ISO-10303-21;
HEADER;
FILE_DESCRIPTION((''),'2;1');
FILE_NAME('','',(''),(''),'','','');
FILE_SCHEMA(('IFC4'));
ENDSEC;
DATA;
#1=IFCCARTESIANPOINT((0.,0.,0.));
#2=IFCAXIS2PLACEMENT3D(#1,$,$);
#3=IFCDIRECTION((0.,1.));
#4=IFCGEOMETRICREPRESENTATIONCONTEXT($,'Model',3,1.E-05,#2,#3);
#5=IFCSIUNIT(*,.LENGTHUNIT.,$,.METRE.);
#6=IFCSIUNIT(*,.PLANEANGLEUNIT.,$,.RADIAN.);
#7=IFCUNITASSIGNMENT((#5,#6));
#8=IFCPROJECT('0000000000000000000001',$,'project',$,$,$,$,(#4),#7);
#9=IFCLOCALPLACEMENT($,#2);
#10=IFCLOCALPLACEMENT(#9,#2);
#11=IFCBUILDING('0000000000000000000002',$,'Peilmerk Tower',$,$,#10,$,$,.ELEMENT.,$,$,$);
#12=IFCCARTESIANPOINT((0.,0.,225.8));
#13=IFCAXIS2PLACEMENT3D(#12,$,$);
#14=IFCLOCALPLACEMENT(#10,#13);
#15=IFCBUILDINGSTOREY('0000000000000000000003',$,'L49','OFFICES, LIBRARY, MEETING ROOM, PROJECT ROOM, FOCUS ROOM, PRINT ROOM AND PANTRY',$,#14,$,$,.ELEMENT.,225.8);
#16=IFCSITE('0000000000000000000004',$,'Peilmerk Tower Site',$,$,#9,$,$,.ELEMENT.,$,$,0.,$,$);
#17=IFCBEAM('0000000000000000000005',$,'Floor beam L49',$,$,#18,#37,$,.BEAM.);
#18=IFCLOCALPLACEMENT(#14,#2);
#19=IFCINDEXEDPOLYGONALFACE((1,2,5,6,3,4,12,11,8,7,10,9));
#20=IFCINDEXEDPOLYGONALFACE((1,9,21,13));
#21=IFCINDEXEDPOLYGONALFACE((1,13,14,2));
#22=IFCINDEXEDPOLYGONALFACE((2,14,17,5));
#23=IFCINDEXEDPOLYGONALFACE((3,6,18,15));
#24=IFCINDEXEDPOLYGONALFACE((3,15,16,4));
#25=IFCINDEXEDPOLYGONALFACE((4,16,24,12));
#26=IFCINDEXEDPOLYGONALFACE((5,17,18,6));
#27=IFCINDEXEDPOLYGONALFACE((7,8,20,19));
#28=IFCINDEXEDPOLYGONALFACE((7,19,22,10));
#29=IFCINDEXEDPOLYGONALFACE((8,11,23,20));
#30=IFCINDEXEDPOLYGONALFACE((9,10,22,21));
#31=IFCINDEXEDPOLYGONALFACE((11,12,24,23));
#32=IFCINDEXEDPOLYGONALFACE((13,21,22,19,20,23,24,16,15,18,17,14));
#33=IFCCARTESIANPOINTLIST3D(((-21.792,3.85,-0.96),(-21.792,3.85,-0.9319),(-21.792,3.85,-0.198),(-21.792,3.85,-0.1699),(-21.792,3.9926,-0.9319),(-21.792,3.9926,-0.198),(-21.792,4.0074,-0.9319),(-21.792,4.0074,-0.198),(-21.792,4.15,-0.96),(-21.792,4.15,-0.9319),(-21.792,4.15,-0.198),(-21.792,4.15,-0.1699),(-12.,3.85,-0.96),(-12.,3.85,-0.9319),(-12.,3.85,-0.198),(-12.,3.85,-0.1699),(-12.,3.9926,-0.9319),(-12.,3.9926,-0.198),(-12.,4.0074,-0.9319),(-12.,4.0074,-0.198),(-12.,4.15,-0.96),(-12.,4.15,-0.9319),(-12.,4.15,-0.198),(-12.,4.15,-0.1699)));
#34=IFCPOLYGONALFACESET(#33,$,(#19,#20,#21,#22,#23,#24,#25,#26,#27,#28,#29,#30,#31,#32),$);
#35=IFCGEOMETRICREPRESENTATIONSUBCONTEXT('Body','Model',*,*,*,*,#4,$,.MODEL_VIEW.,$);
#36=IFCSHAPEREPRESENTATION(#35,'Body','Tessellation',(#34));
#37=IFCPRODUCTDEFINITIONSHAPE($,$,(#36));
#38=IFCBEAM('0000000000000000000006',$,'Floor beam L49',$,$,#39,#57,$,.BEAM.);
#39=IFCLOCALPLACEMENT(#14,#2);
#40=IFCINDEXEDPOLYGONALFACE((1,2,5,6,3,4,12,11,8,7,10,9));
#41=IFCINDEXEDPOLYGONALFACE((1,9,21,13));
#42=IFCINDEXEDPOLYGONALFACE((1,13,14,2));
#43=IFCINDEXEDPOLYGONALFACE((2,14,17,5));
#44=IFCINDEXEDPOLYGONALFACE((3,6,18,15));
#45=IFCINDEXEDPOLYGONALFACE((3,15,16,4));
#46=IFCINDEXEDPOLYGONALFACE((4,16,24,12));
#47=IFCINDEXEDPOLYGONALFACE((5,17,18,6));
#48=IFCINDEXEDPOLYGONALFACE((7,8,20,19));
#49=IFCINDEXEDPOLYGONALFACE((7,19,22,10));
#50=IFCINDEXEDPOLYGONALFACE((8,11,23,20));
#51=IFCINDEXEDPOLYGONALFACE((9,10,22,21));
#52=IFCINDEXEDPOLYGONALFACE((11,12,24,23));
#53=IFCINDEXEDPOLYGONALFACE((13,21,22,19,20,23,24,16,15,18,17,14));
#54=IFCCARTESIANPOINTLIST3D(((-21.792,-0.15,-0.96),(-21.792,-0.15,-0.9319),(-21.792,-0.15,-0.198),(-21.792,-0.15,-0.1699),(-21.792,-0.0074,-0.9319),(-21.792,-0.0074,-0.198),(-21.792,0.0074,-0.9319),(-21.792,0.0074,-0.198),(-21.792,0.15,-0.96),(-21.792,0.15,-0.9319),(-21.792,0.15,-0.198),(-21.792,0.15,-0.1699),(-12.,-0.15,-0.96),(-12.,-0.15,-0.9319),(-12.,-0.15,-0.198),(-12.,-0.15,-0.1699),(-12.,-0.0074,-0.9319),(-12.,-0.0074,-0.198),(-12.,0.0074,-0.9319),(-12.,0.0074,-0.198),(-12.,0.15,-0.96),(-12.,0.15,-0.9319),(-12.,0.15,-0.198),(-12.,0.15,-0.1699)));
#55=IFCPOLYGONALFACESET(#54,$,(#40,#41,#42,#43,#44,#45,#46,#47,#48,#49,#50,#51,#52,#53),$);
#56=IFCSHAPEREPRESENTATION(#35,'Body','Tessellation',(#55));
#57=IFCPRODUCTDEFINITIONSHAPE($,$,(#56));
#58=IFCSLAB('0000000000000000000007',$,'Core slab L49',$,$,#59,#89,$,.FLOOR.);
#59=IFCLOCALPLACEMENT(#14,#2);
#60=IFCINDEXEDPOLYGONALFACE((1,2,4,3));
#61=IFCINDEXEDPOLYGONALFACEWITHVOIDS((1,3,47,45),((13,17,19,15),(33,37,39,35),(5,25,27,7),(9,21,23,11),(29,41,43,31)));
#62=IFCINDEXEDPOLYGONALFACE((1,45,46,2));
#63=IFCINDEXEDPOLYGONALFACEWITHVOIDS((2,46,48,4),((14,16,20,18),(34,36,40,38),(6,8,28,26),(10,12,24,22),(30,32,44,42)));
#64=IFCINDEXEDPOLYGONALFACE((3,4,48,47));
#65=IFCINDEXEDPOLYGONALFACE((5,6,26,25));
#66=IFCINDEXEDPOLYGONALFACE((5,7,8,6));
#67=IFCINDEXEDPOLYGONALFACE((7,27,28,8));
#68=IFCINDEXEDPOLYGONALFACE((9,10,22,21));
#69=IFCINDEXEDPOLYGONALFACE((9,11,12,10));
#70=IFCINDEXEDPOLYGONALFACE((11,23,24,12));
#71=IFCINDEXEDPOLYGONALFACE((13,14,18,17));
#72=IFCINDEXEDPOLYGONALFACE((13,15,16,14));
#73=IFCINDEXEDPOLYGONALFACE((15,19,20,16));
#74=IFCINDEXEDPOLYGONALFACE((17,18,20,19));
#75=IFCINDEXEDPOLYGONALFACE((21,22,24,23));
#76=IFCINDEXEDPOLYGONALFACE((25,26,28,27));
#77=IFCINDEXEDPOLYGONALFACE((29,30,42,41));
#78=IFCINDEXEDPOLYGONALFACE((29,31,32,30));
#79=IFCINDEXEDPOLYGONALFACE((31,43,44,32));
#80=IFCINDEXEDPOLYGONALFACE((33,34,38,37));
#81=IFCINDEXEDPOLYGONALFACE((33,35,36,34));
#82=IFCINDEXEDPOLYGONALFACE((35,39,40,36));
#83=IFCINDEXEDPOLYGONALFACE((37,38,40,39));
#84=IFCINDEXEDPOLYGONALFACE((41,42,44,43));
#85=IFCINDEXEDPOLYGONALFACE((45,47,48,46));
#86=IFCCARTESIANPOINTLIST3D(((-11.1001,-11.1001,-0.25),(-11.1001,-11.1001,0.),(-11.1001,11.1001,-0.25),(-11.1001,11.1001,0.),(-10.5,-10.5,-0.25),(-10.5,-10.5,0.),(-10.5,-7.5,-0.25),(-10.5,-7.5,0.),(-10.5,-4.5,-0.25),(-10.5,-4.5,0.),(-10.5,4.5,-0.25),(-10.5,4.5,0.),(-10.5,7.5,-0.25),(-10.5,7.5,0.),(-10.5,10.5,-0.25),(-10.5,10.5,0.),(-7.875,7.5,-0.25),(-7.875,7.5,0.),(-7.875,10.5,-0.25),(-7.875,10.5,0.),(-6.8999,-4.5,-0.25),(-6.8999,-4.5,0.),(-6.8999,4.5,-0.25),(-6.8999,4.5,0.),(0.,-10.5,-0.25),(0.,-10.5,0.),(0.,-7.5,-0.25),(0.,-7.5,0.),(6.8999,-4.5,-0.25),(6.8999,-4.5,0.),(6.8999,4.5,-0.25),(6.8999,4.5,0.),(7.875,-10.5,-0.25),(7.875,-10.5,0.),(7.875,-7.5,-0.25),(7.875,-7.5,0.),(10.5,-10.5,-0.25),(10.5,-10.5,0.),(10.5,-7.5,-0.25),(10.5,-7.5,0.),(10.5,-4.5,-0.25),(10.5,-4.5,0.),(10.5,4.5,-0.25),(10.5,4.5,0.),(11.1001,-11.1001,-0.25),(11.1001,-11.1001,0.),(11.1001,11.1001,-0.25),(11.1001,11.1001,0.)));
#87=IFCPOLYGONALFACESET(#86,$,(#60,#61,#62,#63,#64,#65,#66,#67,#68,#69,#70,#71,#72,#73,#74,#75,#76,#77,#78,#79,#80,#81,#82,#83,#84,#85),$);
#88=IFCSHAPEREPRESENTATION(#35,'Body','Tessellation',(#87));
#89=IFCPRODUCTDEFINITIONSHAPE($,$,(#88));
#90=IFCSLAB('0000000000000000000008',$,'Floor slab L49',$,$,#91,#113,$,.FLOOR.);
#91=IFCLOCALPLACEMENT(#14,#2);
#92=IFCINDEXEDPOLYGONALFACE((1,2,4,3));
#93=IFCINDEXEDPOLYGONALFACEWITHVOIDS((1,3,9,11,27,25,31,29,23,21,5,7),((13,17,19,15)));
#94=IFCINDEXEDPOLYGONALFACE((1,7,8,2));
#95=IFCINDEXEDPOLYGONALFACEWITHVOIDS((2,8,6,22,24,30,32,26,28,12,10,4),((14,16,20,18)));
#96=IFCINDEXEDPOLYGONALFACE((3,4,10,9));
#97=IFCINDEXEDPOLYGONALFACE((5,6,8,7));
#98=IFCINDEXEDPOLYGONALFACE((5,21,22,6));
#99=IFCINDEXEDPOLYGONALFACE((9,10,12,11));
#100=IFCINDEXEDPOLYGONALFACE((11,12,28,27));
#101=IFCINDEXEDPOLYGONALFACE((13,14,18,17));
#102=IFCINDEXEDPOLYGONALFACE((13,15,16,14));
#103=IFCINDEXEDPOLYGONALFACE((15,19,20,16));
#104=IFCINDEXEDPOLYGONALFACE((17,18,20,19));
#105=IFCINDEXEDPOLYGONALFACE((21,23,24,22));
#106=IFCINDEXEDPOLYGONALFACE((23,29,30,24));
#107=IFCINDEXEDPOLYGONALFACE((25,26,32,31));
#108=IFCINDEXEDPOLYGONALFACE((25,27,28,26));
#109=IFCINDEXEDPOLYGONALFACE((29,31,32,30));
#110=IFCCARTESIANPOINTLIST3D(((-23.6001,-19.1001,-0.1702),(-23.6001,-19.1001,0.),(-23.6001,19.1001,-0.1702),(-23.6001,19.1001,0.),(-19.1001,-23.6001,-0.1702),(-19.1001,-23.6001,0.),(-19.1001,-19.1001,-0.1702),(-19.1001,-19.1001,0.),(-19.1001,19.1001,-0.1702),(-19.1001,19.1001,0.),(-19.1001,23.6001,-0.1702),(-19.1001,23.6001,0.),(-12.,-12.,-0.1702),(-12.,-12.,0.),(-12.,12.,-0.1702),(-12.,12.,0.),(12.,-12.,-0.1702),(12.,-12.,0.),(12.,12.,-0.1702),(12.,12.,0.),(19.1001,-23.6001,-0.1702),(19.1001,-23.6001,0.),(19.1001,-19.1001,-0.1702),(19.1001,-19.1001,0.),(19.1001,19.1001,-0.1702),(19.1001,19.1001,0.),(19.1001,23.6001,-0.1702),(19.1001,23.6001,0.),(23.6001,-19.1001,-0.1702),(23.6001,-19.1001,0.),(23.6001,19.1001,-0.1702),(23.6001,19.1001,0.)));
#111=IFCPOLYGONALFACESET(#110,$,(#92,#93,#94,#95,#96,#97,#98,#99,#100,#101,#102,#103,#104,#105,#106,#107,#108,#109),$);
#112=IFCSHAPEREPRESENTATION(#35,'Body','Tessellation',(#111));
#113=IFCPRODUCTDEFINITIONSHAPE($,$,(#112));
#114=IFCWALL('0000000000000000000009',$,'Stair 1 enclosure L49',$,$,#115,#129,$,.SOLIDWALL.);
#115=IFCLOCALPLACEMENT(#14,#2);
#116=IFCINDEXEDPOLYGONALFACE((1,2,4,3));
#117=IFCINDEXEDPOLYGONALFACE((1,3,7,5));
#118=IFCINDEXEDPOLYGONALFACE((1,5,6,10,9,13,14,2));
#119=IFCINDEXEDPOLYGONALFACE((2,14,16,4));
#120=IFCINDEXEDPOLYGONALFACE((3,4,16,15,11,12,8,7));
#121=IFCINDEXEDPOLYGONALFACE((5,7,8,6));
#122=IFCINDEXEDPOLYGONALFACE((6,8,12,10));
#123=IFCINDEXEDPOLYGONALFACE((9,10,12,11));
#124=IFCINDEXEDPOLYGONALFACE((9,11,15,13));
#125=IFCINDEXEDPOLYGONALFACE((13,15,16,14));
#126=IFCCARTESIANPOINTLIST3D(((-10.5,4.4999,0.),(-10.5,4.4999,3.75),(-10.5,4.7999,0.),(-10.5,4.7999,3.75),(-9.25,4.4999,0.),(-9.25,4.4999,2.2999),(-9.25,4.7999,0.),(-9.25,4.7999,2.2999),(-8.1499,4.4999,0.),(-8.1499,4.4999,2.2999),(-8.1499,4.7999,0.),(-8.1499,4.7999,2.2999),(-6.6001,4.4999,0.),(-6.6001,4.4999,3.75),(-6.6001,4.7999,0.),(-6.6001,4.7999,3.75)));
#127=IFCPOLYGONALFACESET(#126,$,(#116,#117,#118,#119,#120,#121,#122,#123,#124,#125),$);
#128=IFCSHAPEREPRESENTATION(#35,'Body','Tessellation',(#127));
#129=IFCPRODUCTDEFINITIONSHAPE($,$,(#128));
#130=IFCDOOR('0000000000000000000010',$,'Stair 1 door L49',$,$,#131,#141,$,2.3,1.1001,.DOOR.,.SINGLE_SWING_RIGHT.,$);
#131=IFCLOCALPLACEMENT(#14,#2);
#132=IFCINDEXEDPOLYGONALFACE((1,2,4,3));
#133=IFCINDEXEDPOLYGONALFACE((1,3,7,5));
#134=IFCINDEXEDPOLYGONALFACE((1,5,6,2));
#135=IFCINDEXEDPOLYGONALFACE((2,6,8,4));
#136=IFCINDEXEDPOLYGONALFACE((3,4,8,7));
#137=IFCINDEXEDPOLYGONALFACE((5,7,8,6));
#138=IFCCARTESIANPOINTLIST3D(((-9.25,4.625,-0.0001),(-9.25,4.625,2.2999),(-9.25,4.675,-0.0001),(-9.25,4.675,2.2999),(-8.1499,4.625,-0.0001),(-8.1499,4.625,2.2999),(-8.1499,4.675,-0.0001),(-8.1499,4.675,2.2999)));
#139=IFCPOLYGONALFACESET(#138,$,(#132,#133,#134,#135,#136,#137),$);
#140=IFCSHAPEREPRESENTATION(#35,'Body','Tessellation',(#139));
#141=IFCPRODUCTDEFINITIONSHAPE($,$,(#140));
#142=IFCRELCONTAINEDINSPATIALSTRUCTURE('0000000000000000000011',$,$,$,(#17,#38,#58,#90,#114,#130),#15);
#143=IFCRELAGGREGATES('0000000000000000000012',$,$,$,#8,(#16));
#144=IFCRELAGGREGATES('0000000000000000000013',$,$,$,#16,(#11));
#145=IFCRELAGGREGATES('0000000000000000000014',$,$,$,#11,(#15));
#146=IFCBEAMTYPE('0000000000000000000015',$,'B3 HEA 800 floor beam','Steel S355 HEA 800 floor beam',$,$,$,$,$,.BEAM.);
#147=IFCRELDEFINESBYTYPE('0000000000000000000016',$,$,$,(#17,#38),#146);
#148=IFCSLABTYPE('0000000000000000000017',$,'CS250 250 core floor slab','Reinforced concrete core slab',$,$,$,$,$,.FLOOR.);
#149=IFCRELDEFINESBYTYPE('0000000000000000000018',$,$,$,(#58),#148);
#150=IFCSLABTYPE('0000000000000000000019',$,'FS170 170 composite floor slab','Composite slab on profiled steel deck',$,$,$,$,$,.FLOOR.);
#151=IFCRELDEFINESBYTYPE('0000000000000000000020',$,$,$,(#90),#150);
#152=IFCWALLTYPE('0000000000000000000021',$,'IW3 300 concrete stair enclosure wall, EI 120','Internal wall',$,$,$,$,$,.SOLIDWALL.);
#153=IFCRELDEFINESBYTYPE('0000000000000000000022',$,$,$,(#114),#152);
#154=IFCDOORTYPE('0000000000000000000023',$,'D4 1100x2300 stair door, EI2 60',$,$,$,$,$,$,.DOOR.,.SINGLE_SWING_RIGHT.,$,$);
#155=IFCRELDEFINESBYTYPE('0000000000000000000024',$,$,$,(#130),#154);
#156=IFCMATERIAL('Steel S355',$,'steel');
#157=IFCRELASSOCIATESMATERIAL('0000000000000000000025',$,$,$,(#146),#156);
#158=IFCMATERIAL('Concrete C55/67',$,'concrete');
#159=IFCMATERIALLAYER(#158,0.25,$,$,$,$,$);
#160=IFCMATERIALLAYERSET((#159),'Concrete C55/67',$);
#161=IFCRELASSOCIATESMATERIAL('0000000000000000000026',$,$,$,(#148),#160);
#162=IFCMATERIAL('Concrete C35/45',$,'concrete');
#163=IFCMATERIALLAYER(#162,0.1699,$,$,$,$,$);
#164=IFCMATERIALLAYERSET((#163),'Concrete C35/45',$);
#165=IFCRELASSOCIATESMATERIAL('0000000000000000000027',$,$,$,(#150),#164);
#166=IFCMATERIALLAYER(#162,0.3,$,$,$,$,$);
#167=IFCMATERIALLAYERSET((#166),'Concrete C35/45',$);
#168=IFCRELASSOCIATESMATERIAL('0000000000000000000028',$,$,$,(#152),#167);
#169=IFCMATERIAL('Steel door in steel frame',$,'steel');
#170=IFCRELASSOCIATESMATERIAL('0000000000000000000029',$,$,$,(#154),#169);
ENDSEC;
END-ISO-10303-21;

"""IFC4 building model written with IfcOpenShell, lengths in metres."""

from ifc_helpers import new_model, si_unit, direction, frame, frame_2d, origin, origin_2d, place, context, subcontext, project, spatial, polyline, rectangle, i_section, outline, extrude, material, layer, layer_set, material_profile, profile_set, type_object, element, fill, save


model = new_model("IFC4")

# Units and contexts
model_context = context("Model", 3, precision=1e-05, world=origin(), true_north=direction((0.0, 1.0)))
body_context = subcontext(model_context, "Body", "Model", "MODEL_VIEW")
ifc_project = project(units=[si_unit("LENGTHUNIT", "METRE"), si_unit("PLANEANGLEUNIT", "RADIAN")], contexts=[model_context])

# Site, building, storey
site_placement = place(None, origin())
site = spatial("IfcSite", under=ifc_project, at=site_placement, Name="Peilmerk Tower Site", CompositionType="ELEMENT", RefElevation=0.0)
building_placement = place(site_placement, origin())
building = spatial("IfcBuilding", under=site, at=building_placement, Name="Peilmerk Tower", CompositionType="ELEMENT")
storey_placement = place(building_placement, frame((0.0, 0.0, 225.8)))
storey = spatial("IfcBuildingStorey", under=building, at=storey_placement, Name="L49", Description="OFFICES, LIBRARY, MEETING ROOM, PROJECT ROOM, FOCUS ROOM, PRINT ROOM AND PANTRY", CompositionType="ELEMENT", Elevation=225.8)

# Beams
ifc_material_1 = material(Name="Steel S355", Category="steel")
ifc_material_profile = material_profile(ifc_material_1, i_section(OverallWidth=0.3, OverallDepth=0.79, WebThickness=0.0149, FlangeThickness=0.0281, at=origin_2d()), Name="HEA 800")
ifc_profile_set = profile_set([ifc_material_profile], Name="Steel S355")
beam_type = type_object("IfcBeamType", Name="B3 HEA 800 floor beam", Description="Steel S355 HEA 800 floor beam", PredefinedType="BEAM", material=ifc_profile_set)
for number, where, z_axis, x_axis, name in (
    (1, (-12.0, 4.0, -0.5649), (-1.0, 0.0, 0.0), (0.0, -1.0, 0.0), "Floor beam L49"),
    (2, (-12.0, 0.0, -0.5649), (-1.0, 0.0, 0.0), (0.0, -1.0, 0.0), "Floor beam L49"),
):
    element("IfcBeam", number, at=place(storey_placement, frame(where, z_axis=z_axis, x_axis=x_axis)), inside=storey, type_object=beam_type, Name=name, PredefinedType="BEAM", context=body_context, shape_type="SweptSolid", body=[
        extrude(i_section(OverallWidth=0.3, OverallDepth=0.79, WebThickness=0.0149, FlangeThickness=0.0281, at=origin_2d()), origin(), (0.0, 0.0, 1.0), 9.792),
    ])

# Slabs
ifc_material_2 = material(Name="Concrete C55/67", Category="concrete")
ifc_layer_1 = layer(ifc_material_2, 0.25)
ifc_layer_set_1 = layer_set([ifc_layer_1], Name="Concrete C55/67")
slab_type_1 = type_object("IfcSlabType", Name="CS250 250 core floor slab", Description="Reinforced concrete core slab", PredefinedType="FLOOR", material=ifc_layer_set_1)
slab_1_placement = place(storey_placement, frame((0.0, 0.0, -0.25)))
element("IfcSlab", 3, at=slab_1_placement, inside=storey, type_object=slab_type_1, Name="Core slab L49", PredefinedType="FLOOR", context=body_context, shape_type="SweptSolid", body=[
    extrude(outline(polyline([(11.1001, -11.1001), (11.1001, 11.1001), (-11.1001, 11.1001), (-11.1001, -11.1001), (11.1001, -11.1001)]), holes=[polyline([(-7.875, 7.5), (-10.5, 7.5), (-10.5, 10.5), (-7.875, 10.5), (-7.875, 7.5)]), polyline([(0.0, -10.5), (-10.5, -10.5), (-10.5, -7.5), (0.0, -7.5), (0.0, -10.5)]), polyline([(7.875, -10.5), (7.875, -7.5), (10.5, -7.5), (10.5, -10.5), (7.875, -10.5)]), polyline([(-10.5, 4.5), (-6.8999, 4.5), (-6.8999, -4.5), (-10.5, -4.5), (-10.5, 4.5)]), polyline([(10.5, 4.5), (10.5, -4.5), (6.8999, -4.5), (6.8999, 4.5), (10.5, 4.5)])]), origin(), (0.0, 0.0, 1.0), 0.25),
])
ifc_material_3 = material(Name="Concrete C35/45", Category="concrete")
ifc_layer_2 = layer(ifc_material_3, 0.1699)
ifc_layer_set_2 = layer_set([ifc_layer_2], Name="Concrete C35/45")
slab_type_2 = type_object("IfcSlabType", Name="FS170 170 composite floor slab", Description="Composite slab on profiled steel deck", PredefinedType="FLOOR", material=ifc_layer_set_2)
slab_2_placement = place(storey_placement, frame((0.0, 0.0, -0.1702)))
element("IfcSlab", 4, at=slab_2_placement, inside=storey, type_object=slab_type_2, Name="Floor slab L49", PredefinedType="FLOOR", context=body_context, shape_type="SweptSolid", body=[
    extrude(outline(polyline([(-19.1001, -23.6001), (19.1001, -23.6001), (19.1001, -19.1001), (23.6001, -19.1001), (23.6001, 19.1001), (19.1001, 19.1001), (19.1001, 23.6001), (-19.1001, 23.6001), (-19.1001, 19.1001), (-23.6001, 19.1001), (-23.6001, -19.1001), (-19.1001, -19.1001), (-19.1001, -23.6001)]), holes=[polyline([(12.0, 12.0), (12.0, -12.0), (-12.0, -12.0), (-12.0, 12.0), (12.0, 12.0)])]), origin(), (0.0, 0.0, 1.0), 0.1702),
])

# Wall, opening, door
ifc_layer_3 = layer(ifc_material_3, 0.3)
ifc_layer_set_3 = layer_set([ifc_layer_3], Name="Concrete C35/45")
wall_type_1 = type_object("IfcWallType", Name="IW3 300 concrete stair enclosure wall, EI 120", Description="Internal wall", PredefinedType="SOLIDWALL", material=ifc_layer_set_3)
wall_1_placement = place(storey_placement, frame((-10.5, 4.6499, 0.0), z_axis=(0.0, 0.0, 1.0), x_axis=(1.0, 0.0, 0.0)))
wall_1 = element("IfcWall", 5, at=wall_1_placement, inside=storey, type_object=wall_type_1, Name="Stair 1 enclosure L49", PredefinedType="SOLIDWALL", context=body_context, shape_type="SweptSolid", body=[
    extrude(rectangle(XDim=3.8999, YDim=0.3, at=frame_2d((1.95, 0.0))), origin(), (0.0, 0.0, 1.0), 3.75),
])
opening_1_placement = place(wall_1_placement, frame((1.25, 0.0, 0.0)))
opening_1 = element("IfcOpeningElement", 6, at=opening_1_placement, cuts=wall_1, PredefinedType="OPENING", context=body_context, shape_type="SweptSolid", body=[
    extrude(rectangle(XDim=1.1001, YDim=2.3, at=frame_2d((0.55, 1.1499))), frame((0.0, 0.1599, 0.0), z_axis=(0.0, -1.0, 0.0), x_axis=(1.0, 0.0, 0.0)), (0.0, 0.0, 1.0), 0.3201),
])
ifc_material_4 = material(Name="Steel door in steel frame", Category="steel")
door_type_1 = type_object("IfcDoorType", Name="D4 1100x2300 stair door, EI2 60", OperationType="SINGLE_SWING_RIGHT", PredefinedType="DOOR", material=ifc_material_4)
door_1_placement = place(opening_1_placement, frame((1.1001, 0.0, 0.0), z_axis=(0.0, 0.0, 1.0), x_axis=(-1.0, 0.0, 0.0)))
door_1 = element("IfcDoor", 7, at=door_1_placement, inside=storey, type_object=door_type_1, Name="Stair 1 door L49", OperationType="SINGLE_SWING_RIGHT", OverallHeight=2.3, OverallWidth=1.1001, PredefinedType="DOOR", context=body_context, shape_type="SweptSolid", body=[
    extrude(rectangle(XDim=1.1001, YDim=2.3, at=frame_2d((0.55, 1.1499))), frame((0.0, 0.0249, 0.0), z_axis=(0.0, -1.0, 0.0), x_axis=(1.0, 0.0, 0.0)), (0.0, 0.0, 1.0), 0.05),
])
fill(opening_1, door_1)

save(model, "model.ifc")
